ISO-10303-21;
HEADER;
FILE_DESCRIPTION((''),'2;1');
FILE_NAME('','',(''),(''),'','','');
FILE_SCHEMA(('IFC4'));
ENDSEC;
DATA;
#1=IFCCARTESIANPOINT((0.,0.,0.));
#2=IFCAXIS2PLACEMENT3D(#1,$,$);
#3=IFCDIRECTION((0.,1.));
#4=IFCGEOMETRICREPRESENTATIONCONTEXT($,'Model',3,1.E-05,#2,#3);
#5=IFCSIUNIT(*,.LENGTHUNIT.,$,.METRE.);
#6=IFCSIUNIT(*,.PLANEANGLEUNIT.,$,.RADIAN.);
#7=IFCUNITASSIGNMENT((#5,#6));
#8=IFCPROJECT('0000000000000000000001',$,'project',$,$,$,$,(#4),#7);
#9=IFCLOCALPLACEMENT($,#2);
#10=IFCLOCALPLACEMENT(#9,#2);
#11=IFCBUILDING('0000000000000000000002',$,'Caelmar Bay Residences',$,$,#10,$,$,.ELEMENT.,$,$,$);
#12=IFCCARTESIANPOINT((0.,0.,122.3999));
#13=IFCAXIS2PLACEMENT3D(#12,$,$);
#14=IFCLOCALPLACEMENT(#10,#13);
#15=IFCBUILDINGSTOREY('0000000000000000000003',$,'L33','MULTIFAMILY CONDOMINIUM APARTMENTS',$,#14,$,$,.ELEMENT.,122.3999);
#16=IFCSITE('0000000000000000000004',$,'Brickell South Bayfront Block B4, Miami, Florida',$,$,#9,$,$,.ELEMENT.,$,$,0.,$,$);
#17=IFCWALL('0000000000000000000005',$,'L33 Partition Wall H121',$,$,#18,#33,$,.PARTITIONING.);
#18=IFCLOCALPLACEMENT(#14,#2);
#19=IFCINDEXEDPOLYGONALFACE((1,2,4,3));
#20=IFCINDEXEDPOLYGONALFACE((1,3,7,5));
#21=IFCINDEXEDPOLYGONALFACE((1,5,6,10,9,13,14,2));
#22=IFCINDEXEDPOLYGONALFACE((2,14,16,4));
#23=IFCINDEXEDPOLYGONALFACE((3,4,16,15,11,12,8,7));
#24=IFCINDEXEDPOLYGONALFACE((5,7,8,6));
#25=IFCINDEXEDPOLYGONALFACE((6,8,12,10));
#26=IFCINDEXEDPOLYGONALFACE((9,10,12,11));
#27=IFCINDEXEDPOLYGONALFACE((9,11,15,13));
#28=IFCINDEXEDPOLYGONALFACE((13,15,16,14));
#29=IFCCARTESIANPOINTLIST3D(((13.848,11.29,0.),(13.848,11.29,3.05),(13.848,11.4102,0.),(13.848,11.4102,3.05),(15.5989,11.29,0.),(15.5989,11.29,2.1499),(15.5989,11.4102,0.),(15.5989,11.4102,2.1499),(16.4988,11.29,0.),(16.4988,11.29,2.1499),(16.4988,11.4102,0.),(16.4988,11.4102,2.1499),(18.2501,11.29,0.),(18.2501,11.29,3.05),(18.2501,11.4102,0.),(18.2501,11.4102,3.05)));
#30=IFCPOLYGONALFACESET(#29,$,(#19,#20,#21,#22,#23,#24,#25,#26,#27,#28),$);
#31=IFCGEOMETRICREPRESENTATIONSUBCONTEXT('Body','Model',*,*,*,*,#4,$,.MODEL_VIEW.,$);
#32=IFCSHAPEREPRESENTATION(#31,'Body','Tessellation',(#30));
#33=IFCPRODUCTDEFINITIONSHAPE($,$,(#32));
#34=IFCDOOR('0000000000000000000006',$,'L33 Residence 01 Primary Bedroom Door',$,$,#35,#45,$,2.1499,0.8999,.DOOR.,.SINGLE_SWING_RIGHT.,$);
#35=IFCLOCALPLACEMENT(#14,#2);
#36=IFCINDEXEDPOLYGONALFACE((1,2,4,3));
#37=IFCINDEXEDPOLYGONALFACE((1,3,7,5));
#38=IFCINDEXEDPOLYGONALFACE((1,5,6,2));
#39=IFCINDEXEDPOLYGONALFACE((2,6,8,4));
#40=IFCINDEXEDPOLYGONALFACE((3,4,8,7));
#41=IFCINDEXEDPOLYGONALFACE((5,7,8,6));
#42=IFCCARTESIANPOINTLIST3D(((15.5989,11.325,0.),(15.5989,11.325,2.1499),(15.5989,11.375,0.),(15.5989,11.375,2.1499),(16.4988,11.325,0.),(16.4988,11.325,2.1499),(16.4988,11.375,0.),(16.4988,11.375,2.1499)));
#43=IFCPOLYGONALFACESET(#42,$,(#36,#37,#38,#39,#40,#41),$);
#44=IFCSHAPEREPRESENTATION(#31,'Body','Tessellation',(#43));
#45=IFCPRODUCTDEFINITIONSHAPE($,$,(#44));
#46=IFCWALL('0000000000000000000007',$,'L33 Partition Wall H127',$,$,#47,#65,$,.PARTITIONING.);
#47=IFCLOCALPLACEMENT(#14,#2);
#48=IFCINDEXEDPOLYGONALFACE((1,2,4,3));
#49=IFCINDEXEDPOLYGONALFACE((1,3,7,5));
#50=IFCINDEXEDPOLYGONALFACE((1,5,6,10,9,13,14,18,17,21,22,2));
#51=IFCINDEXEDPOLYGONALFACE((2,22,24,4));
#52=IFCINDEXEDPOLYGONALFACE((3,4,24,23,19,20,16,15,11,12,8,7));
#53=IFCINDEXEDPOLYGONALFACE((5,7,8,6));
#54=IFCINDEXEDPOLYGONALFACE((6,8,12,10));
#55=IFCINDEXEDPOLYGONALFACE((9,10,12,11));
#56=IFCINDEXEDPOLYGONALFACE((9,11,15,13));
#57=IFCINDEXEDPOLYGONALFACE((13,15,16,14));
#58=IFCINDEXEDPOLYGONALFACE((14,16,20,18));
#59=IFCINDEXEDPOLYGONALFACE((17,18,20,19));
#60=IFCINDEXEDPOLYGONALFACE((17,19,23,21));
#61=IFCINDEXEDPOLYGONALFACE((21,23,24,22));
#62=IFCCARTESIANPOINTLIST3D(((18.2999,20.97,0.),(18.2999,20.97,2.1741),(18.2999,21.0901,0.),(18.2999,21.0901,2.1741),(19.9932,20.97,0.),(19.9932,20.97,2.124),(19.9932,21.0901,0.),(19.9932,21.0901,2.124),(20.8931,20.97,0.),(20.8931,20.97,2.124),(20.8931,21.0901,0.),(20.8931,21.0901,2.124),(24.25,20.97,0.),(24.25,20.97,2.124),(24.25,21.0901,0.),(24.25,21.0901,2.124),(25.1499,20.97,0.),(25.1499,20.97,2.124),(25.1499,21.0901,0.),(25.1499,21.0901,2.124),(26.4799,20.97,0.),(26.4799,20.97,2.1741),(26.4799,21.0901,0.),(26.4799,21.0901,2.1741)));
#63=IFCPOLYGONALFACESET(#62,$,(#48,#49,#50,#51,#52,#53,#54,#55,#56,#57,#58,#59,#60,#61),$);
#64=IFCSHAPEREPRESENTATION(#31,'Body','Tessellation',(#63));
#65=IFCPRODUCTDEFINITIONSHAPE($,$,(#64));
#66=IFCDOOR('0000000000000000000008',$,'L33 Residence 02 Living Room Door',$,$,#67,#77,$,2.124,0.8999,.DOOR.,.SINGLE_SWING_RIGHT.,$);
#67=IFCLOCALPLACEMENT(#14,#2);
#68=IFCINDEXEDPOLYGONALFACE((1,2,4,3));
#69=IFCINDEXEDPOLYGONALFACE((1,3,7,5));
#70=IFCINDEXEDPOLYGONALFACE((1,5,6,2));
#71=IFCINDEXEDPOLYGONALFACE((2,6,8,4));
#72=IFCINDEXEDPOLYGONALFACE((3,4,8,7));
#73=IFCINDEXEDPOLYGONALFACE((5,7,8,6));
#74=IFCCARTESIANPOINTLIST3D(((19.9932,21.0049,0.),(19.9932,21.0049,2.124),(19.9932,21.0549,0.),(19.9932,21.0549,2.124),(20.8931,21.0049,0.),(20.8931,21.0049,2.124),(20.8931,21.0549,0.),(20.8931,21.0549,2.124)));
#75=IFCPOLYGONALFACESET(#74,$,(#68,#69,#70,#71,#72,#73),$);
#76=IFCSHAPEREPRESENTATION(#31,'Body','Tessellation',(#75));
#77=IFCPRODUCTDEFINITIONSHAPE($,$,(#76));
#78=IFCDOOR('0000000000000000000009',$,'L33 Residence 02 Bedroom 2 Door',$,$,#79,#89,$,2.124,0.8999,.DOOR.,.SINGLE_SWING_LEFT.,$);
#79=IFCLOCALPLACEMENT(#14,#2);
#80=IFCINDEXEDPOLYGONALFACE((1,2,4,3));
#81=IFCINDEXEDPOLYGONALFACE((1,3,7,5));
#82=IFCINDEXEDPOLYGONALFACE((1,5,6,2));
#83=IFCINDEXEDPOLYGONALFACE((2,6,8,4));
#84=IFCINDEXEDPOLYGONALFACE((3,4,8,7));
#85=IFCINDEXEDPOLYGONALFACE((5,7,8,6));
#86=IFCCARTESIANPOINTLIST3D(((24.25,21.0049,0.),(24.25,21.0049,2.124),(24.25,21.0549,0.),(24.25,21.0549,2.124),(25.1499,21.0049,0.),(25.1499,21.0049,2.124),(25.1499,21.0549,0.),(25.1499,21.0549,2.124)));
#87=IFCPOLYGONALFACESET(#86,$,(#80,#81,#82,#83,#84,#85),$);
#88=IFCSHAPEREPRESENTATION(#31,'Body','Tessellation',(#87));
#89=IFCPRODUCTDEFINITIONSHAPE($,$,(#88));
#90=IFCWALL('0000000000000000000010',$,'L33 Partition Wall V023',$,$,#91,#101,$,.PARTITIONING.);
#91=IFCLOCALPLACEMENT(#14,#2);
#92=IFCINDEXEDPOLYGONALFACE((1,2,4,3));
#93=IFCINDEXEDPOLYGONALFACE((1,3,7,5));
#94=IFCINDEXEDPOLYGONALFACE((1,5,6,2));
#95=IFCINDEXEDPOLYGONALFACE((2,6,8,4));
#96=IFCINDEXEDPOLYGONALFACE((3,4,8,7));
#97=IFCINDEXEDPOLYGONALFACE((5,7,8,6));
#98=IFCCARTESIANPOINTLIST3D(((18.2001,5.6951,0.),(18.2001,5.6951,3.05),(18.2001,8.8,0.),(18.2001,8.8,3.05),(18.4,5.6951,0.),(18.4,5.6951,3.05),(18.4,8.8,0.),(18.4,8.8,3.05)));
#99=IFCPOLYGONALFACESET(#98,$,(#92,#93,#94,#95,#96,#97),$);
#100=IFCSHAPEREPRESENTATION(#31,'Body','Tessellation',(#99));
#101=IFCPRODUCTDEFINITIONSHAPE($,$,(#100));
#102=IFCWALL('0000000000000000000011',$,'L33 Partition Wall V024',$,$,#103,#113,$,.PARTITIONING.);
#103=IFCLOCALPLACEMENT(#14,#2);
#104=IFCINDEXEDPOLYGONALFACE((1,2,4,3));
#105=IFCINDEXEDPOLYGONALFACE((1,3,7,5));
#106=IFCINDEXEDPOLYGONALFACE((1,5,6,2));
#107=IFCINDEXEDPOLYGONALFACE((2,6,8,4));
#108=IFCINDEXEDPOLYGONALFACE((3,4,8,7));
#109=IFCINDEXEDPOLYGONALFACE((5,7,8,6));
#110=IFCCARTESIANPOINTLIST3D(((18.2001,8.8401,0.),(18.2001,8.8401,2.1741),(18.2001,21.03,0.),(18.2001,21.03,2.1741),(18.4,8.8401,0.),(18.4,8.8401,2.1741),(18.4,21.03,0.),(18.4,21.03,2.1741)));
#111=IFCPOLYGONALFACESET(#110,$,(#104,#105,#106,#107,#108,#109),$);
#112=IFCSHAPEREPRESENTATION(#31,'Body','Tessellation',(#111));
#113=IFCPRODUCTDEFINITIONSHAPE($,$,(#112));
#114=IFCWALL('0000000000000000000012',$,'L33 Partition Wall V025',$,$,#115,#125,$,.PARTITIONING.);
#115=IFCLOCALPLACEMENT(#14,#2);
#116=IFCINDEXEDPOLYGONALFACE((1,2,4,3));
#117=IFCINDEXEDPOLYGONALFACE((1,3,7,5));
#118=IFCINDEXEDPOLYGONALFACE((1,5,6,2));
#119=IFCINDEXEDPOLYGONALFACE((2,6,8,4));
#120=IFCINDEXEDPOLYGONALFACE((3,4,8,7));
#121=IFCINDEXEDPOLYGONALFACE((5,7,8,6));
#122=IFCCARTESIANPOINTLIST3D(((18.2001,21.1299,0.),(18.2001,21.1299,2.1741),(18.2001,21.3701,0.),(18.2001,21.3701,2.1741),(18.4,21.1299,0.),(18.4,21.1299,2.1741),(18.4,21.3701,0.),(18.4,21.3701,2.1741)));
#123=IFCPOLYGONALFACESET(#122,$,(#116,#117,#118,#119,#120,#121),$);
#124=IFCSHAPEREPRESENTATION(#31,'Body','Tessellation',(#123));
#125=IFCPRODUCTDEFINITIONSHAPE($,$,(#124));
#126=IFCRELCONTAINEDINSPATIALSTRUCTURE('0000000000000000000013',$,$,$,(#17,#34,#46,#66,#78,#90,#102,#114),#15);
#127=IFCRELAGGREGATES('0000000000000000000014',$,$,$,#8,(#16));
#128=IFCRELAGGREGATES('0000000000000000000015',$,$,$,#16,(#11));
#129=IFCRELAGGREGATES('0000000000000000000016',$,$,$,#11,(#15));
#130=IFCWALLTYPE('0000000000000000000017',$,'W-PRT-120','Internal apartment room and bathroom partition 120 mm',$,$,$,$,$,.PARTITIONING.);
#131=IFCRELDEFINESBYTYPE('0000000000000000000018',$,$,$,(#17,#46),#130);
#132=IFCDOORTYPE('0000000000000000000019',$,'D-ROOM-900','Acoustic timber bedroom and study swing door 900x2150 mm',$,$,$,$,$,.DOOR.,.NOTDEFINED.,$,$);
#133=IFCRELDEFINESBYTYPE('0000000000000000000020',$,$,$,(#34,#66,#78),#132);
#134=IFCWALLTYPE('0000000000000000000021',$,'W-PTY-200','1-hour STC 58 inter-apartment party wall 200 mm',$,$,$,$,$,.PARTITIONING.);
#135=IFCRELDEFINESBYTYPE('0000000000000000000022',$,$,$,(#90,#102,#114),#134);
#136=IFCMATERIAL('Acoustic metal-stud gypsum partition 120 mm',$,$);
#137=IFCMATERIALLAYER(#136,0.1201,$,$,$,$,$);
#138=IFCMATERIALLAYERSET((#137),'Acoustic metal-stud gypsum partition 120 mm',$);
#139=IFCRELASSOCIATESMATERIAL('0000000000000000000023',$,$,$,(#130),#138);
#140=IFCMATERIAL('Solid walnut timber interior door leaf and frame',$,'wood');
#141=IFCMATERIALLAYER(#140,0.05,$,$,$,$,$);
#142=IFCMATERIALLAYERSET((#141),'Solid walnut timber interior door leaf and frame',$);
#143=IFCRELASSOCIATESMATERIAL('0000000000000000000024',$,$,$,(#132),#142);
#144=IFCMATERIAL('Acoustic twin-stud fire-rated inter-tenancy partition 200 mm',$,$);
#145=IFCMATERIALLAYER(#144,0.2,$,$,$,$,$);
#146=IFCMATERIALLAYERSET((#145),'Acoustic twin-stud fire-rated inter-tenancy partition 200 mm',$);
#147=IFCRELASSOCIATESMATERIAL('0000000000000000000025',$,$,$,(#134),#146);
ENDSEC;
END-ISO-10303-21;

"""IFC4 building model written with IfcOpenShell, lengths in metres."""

from ifc_helpers import new_model, si_unit, direction, frame, frame_2d, origin, place, context, subcontext, project, spatial, rectangle, extrude, material, layer, layer_set, type_object, element, fill, save


model = new_model("IFC4")

# Units and contexts
model_context = context("Model", 3, precision=1e-05, world=origin(), true_north=direction((0.0, 1.0)))
body_context = subcontext(model_context, "Body", "Model", "MODEL_VIEW")
ifc_project = project(units=[si_unit("LENGTHUNIT", "METRE"), si_unit("PLANEANGLEUNIT", "RADIAN")], contexts=[model_context])

# Site, building, storey
site_placement = place(None, origin())
site = spatial("IfcSite", under=ifc_project, at=site_placement, Name="Brickell South Bayfront Block B4, Miami, Florida", CompositionType="ELEMENT", RefElevation=0.0)
building_placement = place(site_placement, origin())
building = spatial("IfcBuilding", under=site, at=building_placement, Name="Caelmar Bay Residences", CompositionType="ELEMENT")
storey_placement = place(building_placement, frame((0.0, 0.0, 122.3999)))
storey = spatial("IfcBuildingStorey", under=building, at=storey_placement, Name="L33", Description="MULTIFAMILY CONDOMINIUM APARTMENTS", CompositionType="ELEMENT", Elevation=122.3999)

# Shared definitions
ifc_material_1 = material(Name="Acoustic metal-stud gypsum partition 120 mm")
ifc_layer_1 = layer(ifc_material_1, 0.1201)
ifc_layer_set_1 = layer_set([ifc_layer_1], Name="Acoustic metal-stud gypsum partition 120 mm")
wall_type_1 = type_object("IfcWallType", Name="W-PRT-120", Description="Internal apartment room and bathroom partition 120 mm", PredefinedType="PARTITIONING", material=ifc_layer_set_1)
ifc_material_2 = material(Name="Solid walnut timber interior door leaf and frame", Category="wood")
ifc_layer_2 = layer(ifc_material_2, 0.05)
ifc_layer_set_2 = layer_set([ifc_layer_2], Name="Solid walnut timber interior door leaf and frame")
door_type = type_object("IfcDoorType", Name="D-ROOM-900", Description="Acoustic timber bedroom and study swing door 900x2150 mm", OperationType="NOTDEFINED", PredefinedType="DOOR", material=ifc_layer_set_2)

# Wall, opening, door
wall_1_placement = place(storey_placement, frame((13.8479, 11.3501, 0.0), z_axis=(0.0, 0.0, 1.0), x_axis=(1.0, 0.0, 0.0)))
wall_1 = element("IfcWall", 1, at=wall_1_placement, inside=storey, type_object=wall_type_1, Name="L33 Partition Wall H121", PredefinedType="PARTITIONING", context=body_context, shape_type="SweptSolid", body=[
    extrude(rectangle(XDim=4.4021, YDim=0.1201, at=frame_2d((2.2012, 0.0))), origin(), (0.0, 0.0, 1.0), 3.05),
])
opening_1_placement = place(wall_1_placement, frame((1.751, 0.0, 0.0)))
opening_1 = element("IfcOpeningElement", 2, at=opening_1_placement, cuts=wall_1, PredefinedType="OPENING", context=body_context, shape_type="SweptSolid", body=[
    extrude(rectangle(XDim=0.8999, YDim=2.1499, at=frame_2d((0.45, 1.075))), frame((0.0, 0.0701, 0.0), z_axis=(0.0, -1.0, 0.0), x_axis=(1.0, 0.0, 0.0)), (0.0, 0.0, 1.0), 0.1401),
])
door_1_placement = place(opening_1_placement, origin())
door_1 = element("IfcDoor", 3, at=door_1_placement, inside=storey, type_object=door_type, Name="L33 Residence 01 Primary Bedroom Door", OperationType="SINGLE_SWING_RIGHT", OverallHeight=2.1499, OverallWidth=0.8999, PredefinedType="DOOR", context=body_context, shape_type="SweptSolid", body=[
    extrude(rectangle(XDim=0.8999, YDim=2.1499, at=frame_2d((0.45, 1.075))), frame((0.0, 0.0249, 0.0), z_axis=(0.0, -1.0, 0.0), x_axis=(1.0, 0.0, 0.0)), (0.0, 0.0, 1.0), 0.05),
])
fill(opening_1, door_1)

# Wall, openings, doors
wall_2_placement = place(storey_placement, frame((18.3, 21.03, 0.0), z_axis=(0.0, 0.0, 1.0), x_axis=(1.0, 0.0, 0.0)))
wall_2 = element("IfcWall", 4, at=wall_2_placement, inside=storey, type_object=wall_type_1, Name="L33 Partition Wall H127", PredefinedType="PARTITIONING", context=body_context, shape_type="SweptSolid", body=[
    extrude(rectangle(XDim=8.1799, YDim=0.1201, at=frame_2d((4.0898, 0.0))), origin(), (0.0, 0.0, 1.0), 2.1741),
])
opening_2_placement = place(wall_2_placement, frame((1.6931, 0.0, 0.0)))
opening_2 = element("IfcOpeningElement", 5, at=opening_2_placement, cuts=wall_2, PredefinedType="OPENING", context=body_context, shape_type="SweptSolid", body=[
    extrude(rectangle(XDim=0.8999, YDim=2.124, at=frame_2d((0.45, 1.062))), frame((0.0, 0.0701, 0.0), z_axis=(0.0, -1.0, 0.0), x_axis=(1.0, 0.0, 0.0)), (0.0, 0.0, 1.0), 0.1401),
])
opening_3_placement = place(wall_2_placement, frame((5.95, 0.0, 0.0)))
opening_3 = element("IfcOpeningElement", 6, at=opening_3_placement, cuts=wall_2, PredefinedType="OPENING", context=body_context, shape_type="SweptSolid", body=[
    extrude(rectangle(XDim=0.8999, YDim=2.124, at=frame_2d((0.45, 1.062))), frame((0.0, 0.0701, 0.0), z_axis=(0.0, -1.0, 0.0), x_axis=(1.0, 0.0, 0.0)), (0.0, 0.0, 1.0), 0.1401),
])
door_2_placement = place(opening_2_placement, origin())
door_2 = element("IfcDoor", 7, at=door_2_placement, inside=storey, type_object=door_type, Name="L33 Residence 02 Living Room Door", OperationType="SINGLE_SWING_RIGHT", OverallHeight=2.124, OverallWidth=0.8999, PredefinedType="DOOR", context=body_context, shape_type="SweptSolid", body=[
    extrude(rectangle(XDim=0.8999, YDim=2.124, at=frame_2d((0.45, 1.062))), frame((0.0, 0.0249, 0.0), z_axis=(0.0, -1.0, 0.0), x_axis=(1.0, 0.0, 0.0)), (0.0, 0.0, 1.0), 0.05),
])
fill(opening_2, door_2)
door_3_placement = place(opening_3_placement, origin())
door_3 = element("IfcDoor", 8, at=door_3_placement, inside=storey, type_object=door_type, Name="L33 Residence 02 Bedroom 2 Door", OperationType="SINGLE_SWING_LEFT", OverallHeight=2.124, OverallWidth=0.8999, PredefinedType="DOOR", context=body_context, shape_type="SweptSolid", body=[
    extrude(rectangle(XDim=0.8999, YDim=2.124, at=frame_2d((0.45, 1.062))), frame((0.0, 0.0249, 0.0), z_axis=(0.0, -1.0, 0.0), x_axis=(1.0, 0.0, 0.0)), (0.0, 0.0, 1.0), 0.05),
])
fill(opening_3, door_3)

# Walls
ifc_material_3 = material(Name="Acoustic twin-stud fire-rated inter-tenancy partition 200 mm")
ifc_layer_3 = layer(ifc_material_3, 0.2)
ifc_layer_set_3 = layer_set([ifc_layer_3], Name="Acoustic twin-stud fire-rated inter-tenancy partition 200 mm")
wall_type_2 = type_object("IfcWallType", Name="W-PTY-200", Description="1-hour STC 58 inter-apartment party wall 200 mm", PredefinedType="PARTITIONING", material=ifc_layer_set_3)
wall_3_placement = place(storey_placement, frame((18.3, 5.6951, 0.0), z_axis=(0.0, 0.0, 1.0), x_axis=(0.0, 1.0, 0.0)))
element("IfcWall", 9, at=wall_3_placement, inside=storey, type_object=wall_type_2, Name="L33 Partition Wall V023", PredefinedType="PARTITIONING", context=body_context, shape_type="SweptSolid", body=[
    extrude(rectangle(XDim=3.105, YDim=0.2, at=frame_2d((1.5525, 0.0))), origin(), (0.0, 0.0, 1.0), 3.05),
])
wall_4_placement = place(storey_placement, frame((18.3, 8.8401, 0.0), z_axis=(0.0, 0.0, 1.0), x_axis=(0.0, 1.0, 0.0)))
element("IfcWall", 10, at=wall_4_placement, inside=storey, type_object=wall_type_2, Name="L33 Partition Wall V024", PredefinedType="PARTITIONING", context=body_context, shape_type="SweptSolid", body=[
    extrude(rectangle(XDim=12.1899, YDim=0.2, at=frame_2d((6.095, 0.0))), origin(), (0.0, 0.0, 1.0), 2.1741),
])
wall_5_placement = place(storey_placement, frame((18.3, 21.1299, 0.0), z_axis=(0.0, 0.0, 1.0), x_axis=(0.0, 1.0, 0.0)))
element("IfcWall", 11, at=wall_5_placement, inside=storey, type_object=wall_type_2, Name="L33 Partition Wall V025", PredefinedType="PARTITIONING", context=body_context, shape_type="SweptSolid", body=[
    extrude(rectangle(XDim=0.2402, YDim=0.2, at=frame_2d((0.1201, 0.0))), origin(), (0.0, 0.0, 1.0), 2.1741),
])

save(model, "model.ifc")
